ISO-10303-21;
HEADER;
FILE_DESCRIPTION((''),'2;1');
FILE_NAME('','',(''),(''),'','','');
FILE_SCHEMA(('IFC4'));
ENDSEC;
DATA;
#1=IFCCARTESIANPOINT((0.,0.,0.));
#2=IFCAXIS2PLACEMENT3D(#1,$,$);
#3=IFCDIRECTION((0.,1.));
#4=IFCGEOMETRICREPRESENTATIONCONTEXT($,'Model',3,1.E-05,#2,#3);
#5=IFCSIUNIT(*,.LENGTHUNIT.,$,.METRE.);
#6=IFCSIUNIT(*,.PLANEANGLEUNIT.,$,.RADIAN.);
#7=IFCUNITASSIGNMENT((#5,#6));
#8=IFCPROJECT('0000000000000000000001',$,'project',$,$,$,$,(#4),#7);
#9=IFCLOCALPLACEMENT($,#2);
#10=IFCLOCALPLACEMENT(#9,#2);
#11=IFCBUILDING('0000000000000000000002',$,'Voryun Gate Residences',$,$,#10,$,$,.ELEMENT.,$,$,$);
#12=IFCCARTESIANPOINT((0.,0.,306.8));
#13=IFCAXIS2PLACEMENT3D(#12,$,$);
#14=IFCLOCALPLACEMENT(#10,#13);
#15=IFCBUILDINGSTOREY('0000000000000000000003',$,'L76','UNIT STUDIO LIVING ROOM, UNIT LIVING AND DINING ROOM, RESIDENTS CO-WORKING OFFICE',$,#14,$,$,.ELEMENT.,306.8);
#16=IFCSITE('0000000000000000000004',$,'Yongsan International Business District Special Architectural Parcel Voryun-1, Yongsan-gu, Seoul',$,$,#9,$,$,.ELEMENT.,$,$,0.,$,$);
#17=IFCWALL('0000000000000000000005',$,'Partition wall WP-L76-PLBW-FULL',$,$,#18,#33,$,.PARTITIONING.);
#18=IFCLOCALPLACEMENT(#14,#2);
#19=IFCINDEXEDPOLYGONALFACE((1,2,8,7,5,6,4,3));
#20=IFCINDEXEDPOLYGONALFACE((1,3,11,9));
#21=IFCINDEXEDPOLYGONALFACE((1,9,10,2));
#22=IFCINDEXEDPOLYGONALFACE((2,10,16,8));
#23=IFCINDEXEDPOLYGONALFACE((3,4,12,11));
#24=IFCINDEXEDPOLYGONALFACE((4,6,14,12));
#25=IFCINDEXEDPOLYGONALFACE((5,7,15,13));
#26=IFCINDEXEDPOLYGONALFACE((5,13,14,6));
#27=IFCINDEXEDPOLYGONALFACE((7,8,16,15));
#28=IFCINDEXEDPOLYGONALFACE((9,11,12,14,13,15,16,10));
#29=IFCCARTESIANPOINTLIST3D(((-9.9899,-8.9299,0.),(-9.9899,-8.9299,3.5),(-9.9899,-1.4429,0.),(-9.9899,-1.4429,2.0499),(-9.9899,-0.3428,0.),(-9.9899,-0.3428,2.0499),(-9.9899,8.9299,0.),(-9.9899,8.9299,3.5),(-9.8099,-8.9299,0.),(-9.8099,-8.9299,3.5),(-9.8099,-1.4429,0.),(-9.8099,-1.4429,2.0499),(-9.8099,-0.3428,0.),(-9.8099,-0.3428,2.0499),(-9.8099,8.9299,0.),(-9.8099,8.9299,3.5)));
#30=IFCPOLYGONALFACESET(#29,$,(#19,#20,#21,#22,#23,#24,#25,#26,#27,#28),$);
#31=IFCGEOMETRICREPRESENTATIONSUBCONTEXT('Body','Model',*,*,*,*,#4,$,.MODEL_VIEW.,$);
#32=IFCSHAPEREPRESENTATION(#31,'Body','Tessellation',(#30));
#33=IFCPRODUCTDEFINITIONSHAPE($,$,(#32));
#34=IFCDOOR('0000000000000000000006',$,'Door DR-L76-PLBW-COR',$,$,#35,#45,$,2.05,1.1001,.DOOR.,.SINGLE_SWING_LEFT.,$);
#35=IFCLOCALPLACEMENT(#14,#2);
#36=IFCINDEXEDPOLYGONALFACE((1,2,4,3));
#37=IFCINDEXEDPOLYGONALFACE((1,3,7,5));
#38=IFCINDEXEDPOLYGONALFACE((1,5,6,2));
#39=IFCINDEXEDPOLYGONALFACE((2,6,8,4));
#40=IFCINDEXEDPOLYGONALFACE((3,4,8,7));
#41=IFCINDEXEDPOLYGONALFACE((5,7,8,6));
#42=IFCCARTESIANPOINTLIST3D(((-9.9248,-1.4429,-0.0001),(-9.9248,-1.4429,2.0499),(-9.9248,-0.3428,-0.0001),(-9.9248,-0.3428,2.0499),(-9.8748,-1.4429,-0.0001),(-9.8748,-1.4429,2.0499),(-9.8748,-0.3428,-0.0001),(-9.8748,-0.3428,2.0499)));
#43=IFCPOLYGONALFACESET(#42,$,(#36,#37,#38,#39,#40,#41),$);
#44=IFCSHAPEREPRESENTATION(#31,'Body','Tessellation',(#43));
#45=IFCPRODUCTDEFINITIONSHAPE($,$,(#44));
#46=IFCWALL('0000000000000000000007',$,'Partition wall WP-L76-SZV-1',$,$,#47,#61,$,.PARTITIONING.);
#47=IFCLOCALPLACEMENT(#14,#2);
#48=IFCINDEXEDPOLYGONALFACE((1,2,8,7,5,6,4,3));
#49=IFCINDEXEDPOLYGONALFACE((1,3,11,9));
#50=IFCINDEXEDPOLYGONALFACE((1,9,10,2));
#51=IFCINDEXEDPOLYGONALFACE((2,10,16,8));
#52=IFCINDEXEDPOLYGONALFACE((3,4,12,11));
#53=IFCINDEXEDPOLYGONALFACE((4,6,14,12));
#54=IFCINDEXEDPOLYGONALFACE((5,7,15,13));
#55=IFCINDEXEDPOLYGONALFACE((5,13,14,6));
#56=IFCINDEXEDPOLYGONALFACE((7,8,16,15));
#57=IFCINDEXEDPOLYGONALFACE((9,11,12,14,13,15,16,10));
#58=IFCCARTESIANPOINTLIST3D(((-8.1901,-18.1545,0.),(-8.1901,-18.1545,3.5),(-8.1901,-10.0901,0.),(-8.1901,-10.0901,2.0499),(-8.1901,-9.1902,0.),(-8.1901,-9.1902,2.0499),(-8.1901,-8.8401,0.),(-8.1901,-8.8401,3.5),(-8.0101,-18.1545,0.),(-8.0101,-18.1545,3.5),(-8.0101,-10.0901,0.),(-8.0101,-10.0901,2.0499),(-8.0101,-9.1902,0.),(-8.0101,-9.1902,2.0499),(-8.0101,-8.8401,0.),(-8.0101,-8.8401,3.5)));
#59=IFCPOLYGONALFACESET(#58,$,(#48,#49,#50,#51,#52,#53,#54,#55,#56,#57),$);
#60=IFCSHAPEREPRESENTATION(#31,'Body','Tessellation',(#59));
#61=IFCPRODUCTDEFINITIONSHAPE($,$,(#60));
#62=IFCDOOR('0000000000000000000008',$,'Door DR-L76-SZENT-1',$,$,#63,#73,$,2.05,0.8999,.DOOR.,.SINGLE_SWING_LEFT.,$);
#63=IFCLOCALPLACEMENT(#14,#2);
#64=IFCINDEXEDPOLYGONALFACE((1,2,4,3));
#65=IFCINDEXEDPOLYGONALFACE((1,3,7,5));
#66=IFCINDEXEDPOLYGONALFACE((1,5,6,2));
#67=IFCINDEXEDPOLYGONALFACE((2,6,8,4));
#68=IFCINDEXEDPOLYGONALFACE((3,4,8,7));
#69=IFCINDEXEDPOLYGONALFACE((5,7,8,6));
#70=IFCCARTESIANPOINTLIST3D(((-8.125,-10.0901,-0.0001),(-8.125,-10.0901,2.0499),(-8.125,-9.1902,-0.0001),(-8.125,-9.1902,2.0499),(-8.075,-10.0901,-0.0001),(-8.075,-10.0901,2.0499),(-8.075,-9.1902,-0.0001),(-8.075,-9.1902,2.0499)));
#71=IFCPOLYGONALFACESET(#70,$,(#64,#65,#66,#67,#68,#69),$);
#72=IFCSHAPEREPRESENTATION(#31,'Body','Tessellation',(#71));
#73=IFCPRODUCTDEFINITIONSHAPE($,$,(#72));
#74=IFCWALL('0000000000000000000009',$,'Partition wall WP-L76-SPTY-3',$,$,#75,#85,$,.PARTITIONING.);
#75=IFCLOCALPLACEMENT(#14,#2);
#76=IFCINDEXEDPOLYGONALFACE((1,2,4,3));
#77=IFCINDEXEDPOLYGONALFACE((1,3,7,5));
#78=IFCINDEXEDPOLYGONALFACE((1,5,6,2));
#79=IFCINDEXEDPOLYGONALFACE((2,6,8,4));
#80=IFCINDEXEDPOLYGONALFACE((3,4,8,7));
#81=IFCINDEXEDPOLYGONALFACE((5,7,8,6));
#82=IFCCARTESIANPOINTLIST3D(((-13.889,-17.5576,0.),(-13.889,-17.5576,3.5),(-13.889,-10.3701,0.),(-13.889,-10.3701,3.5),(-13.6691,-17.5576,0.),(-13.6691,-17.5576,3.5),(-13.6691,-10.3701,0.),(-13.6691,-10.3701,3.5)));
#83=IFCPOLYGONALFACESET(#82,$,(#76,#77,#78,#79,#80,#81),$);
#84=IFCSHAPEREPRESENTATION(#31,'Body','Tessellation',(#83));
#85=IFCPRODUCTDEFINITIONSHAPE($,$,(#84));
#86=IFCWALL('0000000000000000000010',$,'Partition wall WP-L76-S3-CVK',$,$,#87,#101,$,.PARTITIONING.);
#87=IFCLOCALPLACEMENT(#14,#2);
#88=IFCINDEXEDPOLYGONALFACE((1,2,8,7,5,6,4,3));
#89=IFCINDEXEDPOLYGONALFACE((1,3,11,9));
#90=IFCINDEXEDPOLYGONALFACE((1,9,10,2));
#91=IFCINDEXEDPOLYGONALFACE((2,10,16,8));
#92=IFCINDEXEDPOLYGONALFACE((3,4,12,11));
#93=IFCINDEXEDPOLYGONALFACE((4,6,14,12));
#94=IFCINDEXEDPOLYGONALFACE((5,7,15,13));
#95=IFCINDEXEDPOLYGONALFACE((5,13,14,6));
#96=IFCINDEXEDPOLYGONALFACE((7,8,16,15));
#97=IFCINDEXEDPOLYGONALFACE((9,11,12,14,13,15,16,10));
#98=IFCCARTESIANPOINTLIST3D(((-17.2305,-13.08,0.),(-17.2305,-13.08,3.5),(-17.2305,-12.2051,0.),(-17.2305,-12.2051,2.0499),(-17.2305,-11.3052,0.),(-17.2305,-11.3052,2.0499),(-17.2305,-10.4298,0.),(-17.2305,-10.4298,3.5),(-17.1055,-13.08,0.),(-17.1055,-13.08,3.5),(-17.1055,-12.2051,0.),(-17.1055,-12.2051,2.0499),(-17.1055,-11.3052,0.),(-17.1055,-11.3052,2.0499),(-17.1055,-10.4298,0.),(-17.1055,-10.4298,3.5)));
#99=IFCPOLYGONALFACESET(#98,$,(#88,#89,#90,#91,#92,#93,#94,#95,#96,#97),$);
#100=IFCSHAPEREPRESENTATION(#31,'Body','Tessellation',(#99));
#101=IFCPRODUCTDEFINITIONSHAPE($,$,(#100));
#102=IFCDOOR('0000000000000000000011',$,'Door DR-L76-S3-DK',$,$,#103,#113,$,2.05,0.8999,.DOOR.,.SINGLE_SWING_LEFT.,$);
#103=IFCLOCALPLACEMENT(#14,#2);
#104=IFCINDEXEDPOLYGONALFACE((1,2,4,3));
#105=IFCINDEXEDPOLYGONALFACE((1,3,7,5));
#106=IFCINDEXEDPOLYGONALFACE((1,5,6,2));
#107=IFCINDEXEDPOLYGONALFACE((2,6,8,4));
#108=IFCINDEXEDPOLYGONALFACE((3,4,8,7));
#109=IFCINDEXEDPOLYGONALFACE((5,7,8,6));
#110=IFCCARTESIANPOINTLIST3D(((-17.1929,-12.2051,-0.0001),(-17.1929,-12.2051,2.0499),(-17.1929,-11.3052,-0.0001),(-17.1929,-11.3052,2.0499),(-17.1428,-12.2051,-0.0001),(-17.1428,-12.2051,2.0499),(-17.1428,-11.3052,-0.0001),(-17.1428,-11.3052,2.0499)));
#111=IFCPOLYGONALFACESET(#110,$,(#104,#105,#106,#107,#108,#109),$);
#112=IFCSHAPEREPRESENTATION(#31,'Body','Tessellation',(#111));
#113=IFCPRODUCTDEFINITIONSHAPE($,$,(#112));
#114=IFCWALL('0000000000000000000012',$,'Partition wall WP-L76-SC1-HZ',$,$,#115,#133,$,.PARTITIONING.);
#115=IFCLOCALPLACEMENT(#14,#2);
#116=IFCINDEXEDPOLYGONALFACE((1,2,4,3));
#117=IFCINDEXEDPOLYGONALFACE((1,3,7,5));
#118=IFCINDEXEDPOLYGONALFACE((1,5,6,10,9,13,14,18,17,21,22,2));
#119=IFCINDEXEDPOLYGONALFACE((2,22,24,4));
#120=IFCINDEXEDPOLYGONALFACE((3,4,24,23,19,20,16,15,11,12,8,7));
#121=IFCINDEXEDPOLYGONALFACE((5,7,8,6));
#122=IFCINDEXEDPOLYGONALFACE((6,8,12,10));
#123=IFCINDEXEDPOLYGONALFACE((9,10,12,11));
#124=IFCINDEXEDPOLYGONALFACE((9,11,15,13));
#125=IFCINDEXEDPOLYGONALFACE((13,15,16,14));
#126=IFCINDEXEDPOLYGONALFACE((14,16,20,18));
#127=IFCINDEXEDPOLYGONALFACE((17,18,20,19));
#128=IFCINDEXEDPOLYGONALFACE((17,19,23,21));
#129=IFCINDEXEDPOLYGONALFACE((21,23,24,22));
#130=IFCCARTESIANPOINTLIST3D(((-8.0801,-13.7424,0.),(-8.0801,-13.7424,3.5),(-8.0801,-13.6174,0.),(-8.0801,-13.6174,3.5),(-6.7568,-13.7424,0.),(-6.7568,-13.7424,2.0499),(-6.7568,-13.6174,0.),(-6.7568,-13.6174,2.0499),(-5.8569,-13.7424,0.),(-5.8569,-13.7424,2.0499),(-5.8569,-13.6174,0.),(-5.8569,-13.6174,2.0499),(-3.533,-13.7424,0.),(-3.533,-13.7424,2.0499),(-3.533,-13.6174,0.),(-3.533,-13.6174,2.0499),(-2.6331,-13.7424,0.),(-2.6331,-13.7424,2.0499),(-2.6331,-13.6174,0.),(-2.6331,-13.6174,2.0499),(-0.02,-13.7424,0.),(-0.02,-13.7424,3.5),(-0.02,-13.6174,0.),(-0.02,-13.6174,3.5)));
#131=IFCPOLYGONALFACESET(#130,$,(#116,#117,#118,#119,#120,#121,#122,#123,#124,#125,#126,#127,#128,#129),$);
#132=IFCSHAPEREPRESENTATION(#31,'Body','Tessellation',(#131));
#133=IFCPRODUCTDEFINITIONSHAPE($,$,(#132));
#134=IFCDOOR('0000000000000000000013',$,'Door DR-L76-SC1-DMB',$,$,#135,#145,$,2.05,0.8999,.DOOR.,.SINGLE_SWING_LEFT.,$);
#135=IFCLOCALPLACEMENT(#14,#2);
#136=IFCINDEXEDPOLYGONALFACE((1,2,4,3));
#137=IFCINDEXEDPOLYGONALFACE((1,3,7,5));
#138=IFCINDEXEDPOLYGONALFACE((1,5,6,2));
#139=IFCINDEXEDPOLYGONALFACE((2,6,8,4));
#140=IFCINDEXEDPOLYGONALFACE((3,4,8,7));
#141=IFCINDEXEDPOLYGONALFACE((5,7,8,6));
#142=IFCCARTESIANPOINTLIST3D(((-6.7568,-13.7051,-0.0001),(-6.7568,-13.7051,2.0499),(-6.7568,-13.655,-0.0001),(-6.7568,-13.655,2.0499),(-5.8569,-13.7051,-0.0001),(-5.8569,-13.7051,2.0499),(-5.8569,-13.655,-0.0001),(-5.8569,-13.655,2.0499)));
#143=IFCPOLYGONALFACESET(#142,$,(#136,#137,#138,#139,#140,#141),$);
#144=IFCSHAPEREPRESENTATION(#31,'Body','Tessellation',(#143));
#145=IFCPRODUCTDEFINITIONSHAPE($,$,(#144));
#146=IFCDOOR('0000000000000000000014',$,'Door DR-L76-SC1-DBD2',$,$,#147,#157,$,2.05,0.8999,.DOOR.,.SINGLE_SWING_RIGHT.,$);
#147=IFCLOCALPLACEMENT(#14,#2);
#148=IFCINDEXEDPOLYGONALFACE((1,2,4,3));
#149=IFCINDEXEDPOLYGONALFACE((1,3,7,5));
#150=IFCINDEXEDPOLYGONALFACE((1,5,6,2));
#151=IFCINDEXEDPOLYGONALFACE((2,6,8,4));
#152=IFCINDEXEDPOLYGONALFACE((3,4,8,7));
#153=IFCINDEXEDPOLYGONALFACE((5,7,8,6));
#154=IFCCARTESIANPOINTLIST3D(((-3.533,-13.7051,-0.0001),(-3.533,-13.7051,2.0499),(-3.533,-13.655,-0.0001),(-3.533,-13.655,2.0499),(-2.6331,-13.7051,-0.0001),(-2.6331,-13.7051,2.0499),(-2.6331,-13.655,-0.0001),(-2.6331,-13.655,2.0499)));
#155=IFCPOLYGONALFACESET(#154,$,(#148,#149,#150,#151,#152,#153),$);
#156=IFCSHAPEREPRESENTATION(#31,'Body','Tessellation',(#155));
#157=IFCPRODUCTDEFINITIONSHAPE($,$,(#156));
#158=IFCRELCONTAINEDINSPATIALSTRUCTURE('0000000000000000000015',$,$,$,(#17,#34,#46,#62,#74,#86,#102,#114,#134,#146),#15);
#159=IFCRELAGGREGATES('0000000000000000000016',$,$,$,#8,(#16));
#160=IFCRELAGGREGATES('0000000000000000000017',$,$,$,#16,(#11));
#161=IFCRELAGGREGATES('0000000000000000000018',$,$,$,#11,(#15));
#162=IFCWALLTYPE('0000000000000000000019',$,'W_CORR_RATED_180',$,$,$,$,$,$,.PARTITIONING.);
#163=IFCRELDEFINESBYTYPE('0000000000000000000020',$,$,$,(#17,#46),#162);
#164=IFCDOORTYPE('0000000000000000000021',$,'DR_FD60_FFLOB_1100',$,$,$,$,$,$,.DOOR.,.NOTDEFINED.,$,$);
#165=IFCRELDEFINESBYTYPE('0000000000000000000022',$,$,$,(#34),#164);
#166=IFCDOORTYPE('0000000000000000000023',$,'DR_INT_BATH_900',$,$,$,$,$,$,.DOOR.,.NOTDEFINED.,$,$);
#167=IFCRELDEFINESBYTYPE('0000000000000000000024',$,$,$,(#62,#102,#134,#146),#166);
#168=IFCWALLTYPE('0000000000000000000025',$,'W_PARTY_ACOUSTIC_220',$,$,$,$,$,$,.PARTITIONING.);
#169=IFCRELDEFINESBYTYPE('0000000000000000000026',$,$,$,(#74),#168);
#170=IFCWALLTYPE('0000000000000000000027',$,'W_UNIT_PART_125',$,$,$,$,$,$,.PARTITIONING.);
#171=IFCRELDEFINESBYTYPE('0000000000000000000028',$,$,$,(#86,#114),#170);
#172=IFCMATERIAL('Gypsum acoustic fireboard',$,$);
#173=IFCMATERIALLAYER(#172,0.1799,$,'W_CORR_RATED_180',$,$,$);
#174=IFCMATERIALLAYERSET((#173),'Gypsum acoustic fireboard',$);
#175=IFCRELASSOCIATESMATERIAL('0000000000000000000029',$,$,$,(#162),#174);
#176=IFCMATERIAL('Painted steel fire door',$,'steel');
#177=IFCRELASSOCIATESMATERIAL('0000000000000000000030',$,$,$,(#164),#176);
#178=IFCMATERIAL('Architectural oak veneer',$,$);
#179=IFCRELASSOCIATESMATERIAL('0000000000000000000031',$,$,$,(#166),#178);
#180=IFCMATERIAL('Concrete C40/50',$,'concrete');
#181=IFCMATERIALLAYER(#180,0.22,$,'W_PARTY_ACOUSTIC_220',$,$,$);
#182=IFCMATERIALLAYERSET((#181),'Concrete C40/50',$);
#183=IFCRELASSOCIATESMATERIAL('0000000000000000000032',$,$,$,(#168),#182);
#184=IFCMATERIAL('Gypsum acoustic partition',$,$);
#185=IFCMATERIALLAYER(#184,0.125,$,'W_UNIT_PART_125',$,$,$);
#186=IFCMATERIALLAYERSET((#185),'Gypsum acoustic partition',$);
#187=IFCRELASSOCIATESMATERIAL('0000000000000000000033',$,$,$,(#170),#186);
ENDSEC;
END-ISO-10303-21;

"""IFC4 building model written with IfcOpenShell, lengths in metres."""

from ifc_helpers import new_model, si_unit, direction, frame, frame_2d, origin, place, context, subcontext, project, spatial, rectangle, extrude, material, layer, layer_set, type_object, element, fill, save


model = new_model("IFC4")

# Units and contexts
model_context = context("Model", 3, precision=1e-05, world=origin(), true_north=direction((0.0, 1.0)))
body_context = subcontext(model_context, "Body", "Model", "MODEL_VIEW")
ifc_project = project(units=[si_unit("LENGTHUNIT", "METRE"), si_unit("PLANEANGLEUNIT", "RADIAN")], contexts=[model_context])

# Site, building, storey
site_placement = place(None, origin())
site = spatial("IfcSite", under=ifc_project, at=site_placement, Name="Yongsan International Business District Special Architectural Parcel Voryun-1, Yongsan-gu, Seoul", CompositionType="ELEMENT", RefElevation=0.0)
building_placement = place(site_placement, origin())
building = spatial("IfcBuilding", under=site, at=building_placement, Name="Voryun Gate Residences", CompositionType="ELEMENT")
storey_placement = place(building_placement, frame((0.0, 0.0, 306.8)))
storey = spatial("IfcBuildingStorey", under=building, at=storey_placement, Name="L76", Description="UNIT STUDIO LIVING ROOM, UNIT LIVING AND DINING ROOM, RESIDENTS CO-WORKING OFFICE", CompositionType="ELEMENT", Elevation=306.8)

# Walls, openings, doors
ifc_material_1 = material(Name="Gypsum acoustic fireboard")
ifc_layer_1 = layer(ifc_material_1, 0.1799, Name="W_CORR_RATED_180")
ifc_layer_set_1 = layer_set([ifc_layer_1], Name="Gypsum acoustic fireboard")
wall_type_1 = type_object("IfcWallType", Name="W_CORR_RATED_180", PredefinedType="PARTITIONING", material=ifc_layer_set_1)
wall_1_placement = place(storey_placement, frame((-9.8999, -8.9299, 0.0), z_axis=(0.0, 0.0, 1.0), x_axis=(0.0, 1.0, 0.0)))
wall_1 = element("IfcWall", 1, at=wall_1_placement, inside=storey, type_object=wall_type_1, Name="Partition wall WP-L76-PLBW-FULL", PredefinedType="PARTITIONING", context=body_context, shape_type="SweptSolid", body=[
    extrude(rectangle(XDim=17.8599, YDim=0.1799, at=frame_2d((8.9299, 0.0))), origin(), (0.0, 0.0, 1.0), 3.5),
])
opening_1_placement = place(wall_1_placement, frame((7.4871, 0.0, 0.0)))
opening_1 = element("IfcOpeningElement", 2, at=opening_1_placement, cuts=wall_1, PredefinedType="OPENING", context=body_context, shape_type="SweptSolid", body=[
    extrude(rectangle(XDim=1.1001, YDim=2.05, at=frame_2d((0.55, 1.0249))), frame((0.0, 0.0999, 0.0), z_axis=(0.0, -1.0, 0.0), x_axis=(1.0, 0.0, 0.0)), (0.0, 0.0, 1.0), 0.2),
])
ifc_material_2 = material(Name="Painted steel fire door", Category="steel")
door_type_1 = type_object("IfcDoorType", Name="DR_FD60_FFLOB_1100", OperationType="NOTDEFINED", PredefinedType="DOOR", material=ifc_material_2)
door_1_placement = place(opening_1_placement, origin())
door_1 = element("IfcDoor", 3, at=door_1_placement, inside=storey, type_object=door_type_1, Name="Door DR-L76-PLBW-COR", OperationType="SINGLE_SWING_LEFT", OverallHeight=2.05, OverallWidth=1.1001, PredefinedType="DOOR", context=body_context, shape_type="SweptSolid", body=[
    extrude(rectangle(XDim=1.1001, YDim=2.05, at=frame_2d((0.55, 1.0249))), frame((0.0, 0.0249, 0.0), z_axis=(0.0, -1.0, 0.0), x_axis=(1.0, 0.0, 0.0)), (0.0, 0.0, 1.0), 0.05),
])
fill(opening_1, door_1)
wall_2_placement = place(storey_placement, frame((-8.1001, -18.1545, 0.0), z_axis=(0.0, 0.0, 1.0), x_axis=(0.0, 1.0, 0.0)))
wall_2 = element("IfcWall", 4, at=wall_2_placement, inside=storey, type_object=wall_type_1, Name="Partition wall WP-L76-SZV-1", PredefinedType="PARTITIONING", context=body_context, shape_type="SweptSolid", body=[
    extrude(rectangle(XDim=9.3145, YDim=0.1799, at=frame_2d((4.6572, 0.0))), origin(), (0.0, 0.0, 1.0), 3.5),
])
opening_2_placement = place(wall_2_placement, frame((8.0645, 0.0, 0.0)))
opening_2 = element("IfcOpeningElement", 5, at=opening_2_placement, cuts=wall_2, PredefinedType="OPENING", context=body_context, shape_type="SweptSolid", body=[
    extrude(rectangle(XDim=0.8999, YDim=2.05, at=frame_2d((0.45, 1.0249))), frame((0.0, 0.0999, 0.0), z_axis=(0.0, -1.0, 0.0), x_axis=(1.0, 0.0, 0.0)), (0.0, 0.0, 1.0), 0.2),
])
ifc_material_3 = material(Name="Architectural oak veneer")
door_type_2 = type_object("IfcDoorType", Name="DR_INT_BATH_900", OperationType="NOTDEFINED", PredefinedType="DOOR", material=ifc_material_3)
door_2_placement = place(opening_2_placement, origin())
door_2 = element("IfcDoor", 6, at=door_2_placement, inside=storey, type_object=door_type_2, Name="Door DR-L76-SZENT-1", OperationType="SINGLE_SWING_LEFT", OverallHeight=2.05, OverallWidth=0.8999, PredefinedType="DOOR", context=body_context, shape_type="SweptSolid", body=[
    extrude(rectangle(XDim=0.8999, YDim=2.05, at=frame_2d((0.45, 1.0249))), frame((0.0, 0.0249, 0.0), z_axis=(0.0, -1.0, 0.0), x_axis=(1.0, 0.0, 0.0)), (0.0, 0.0, 1.0), 0.05),
])
fill(opening_2, door_2)

# Wall
ifc_material_4 = material(Name="Concrete C40/50", Category="concrete")
ifc_layer_2 = layer(ifc_material_4, 0.22, Name="W_PARTY_ACOUSTIC_220")
ifc_layer_set_2 = layer_set([ifc_layer_2], Name="Concrete C40/50")
wall_type_2 = type_object("IfcWallType", Name="W_PARTY_ACOUSTIC_220", PredefinedType="PARTITIONING", material=ifc_layer_set_2)
wall_3_placement = place(storey_placement, frame((-13.7791, -17.5576, 0.0), z_axis=(0.0, 0.0, 1.0), x_axis=(0.0, 1.0, 0.0)))
element("IfcWall", 7, at=wall_3_placement, inside=storey, type_object=wall_type_2, Name="Partition wall WP-L76-SPTY-3", PredefinedType="PARTITIONING", context=body_context, shape_type="SweptSolid", body=[
    extrude(rectangle(XDim=7.1875, YDim=0.22, at=frame_2d((3.5938, 0.0))), origin(), (0.0, 0.0, 1.0), 3.5),
])

# Wall, opening, door
ifc_material_5 = material(Name="Gypsum acoustic partition")
ifc_layer_3 = layer(ifc_material_5, 0.125, Name="W_UNIT_PART_125")
ifc_layer_set_3 = layer_set([ifc_layer_3], Name="Gypsum acoustic partition")
wall_type_3 = type_object("IfcWallType", Name="W_UNIT_PART_125", PredefinedType="PARTITIONING", material=ifc_layer_set_3)
wall_4_placement = place(storey_placement, frame((-17.168, -13.0801, 0.0), z_axis=(0.0, 0.0, 1.0), x_axis=(0.0, 1.0, 0.0)))
wall_4 = element("IfcWall", 8, at=wall_4_placement, inside=storey, type_object=wall_type_3, Name="Partition wall WP-L76-S3-CVK", PredefinedType="PARTITIONING", context=body_context, shape_type="SweptSolid", body=[
    extrude(rectangle(XDim=2.6501, YDim=0.125, at=frame_2d((1.3252, 0.0))), origin(), (0.0, 0.0, 1.0), 3.5),
])
opening_3_placement = place(wall_4_placement, frame((0.875, 0.0, 0.0)))
opening_3 = element("IfcOpeningElement", 9, at=opening_3_placement, cuts=wall_4, PredefinedType="OPENING", context=body_context, shape_type="SweptSolid", body=[
    extrude(rectangle(XDim=0.8999, YDim=2.05, at=frame_2d((0.45, 1.0249))), frame((0.0, 0.0725, 0.0), z_axis=(0.0, -1.0, 0.0), x_axis=(1.0, 0.0, 0.0)), (0.0, 0.0, 1.0), 0.145),
])
door_3_placement = place(opening_3_placement, origin())
door_3 = element("IfcDoor", 10, at=door_3_placement, inside=storey, type_object=door_type_2, Name="Door DR-L76-S3-DK", OperationType="SINGLE_SWING_LEFT", OverallHeight=2.05, OverallWidth=0.8999, PredefinedType="DOOR", context=body_context, shape_type="SweptSolid", body=[
    extrude(rectangle(XDim=0.8999, YDim=2.05, at=frame_2d((0.45, 1.0249))), frame((0.0, 0.0249, 0.0), z_axis=(0.0, -1.0, 0.0), x_axis=(1.0, 0.0, 0.0)), (0.0, 0.0, 1.0), 0.05),
])
fill(opening_3, door_3)

# Wall, openings, doors
wall_5_placement = place(storey_placement, frame((-8.0801, -13.6799, 0.0), z_axis=(0.0, 0.0, 1.0), x_axis=(1.0, 0.0, 0.0)))
wall_5 = element("IfcWall", 11, at=wall_5_placement, inside=storey, type_object=wall_type_3, Name="Partition wall WP-L76-SC1-HZ", PredefinedType="PARTITIONING", context=body_context, shape_type="SweptSolid", body=[
    extrude(rectangle(XDim=8.0601, YDim=0.125, at=frame_2d((4.03, 0.0))), origin(), (0.0, 0.0, 1.0), 3.5),
])
opening_4_placement = place(wall_5_placement, frame((1.3232, 0.0, 0.0)))
opening_4 = element("IfcOpeningElement", 12, at=opening_4_placement, cuts=wall_5, PredefinedType="OPENING", context=body_context, shape_type="SweptSolid", body=[
    extrude(rectangle(XDim=0.8999, YDim=2.05, at=frame_2d((0.45, 1.0249))), frame((0.0, 0.0725, 0.0), z_axis=(0.0, -1.0, 0.0), x_axis=(1.0, 0.0, 0.0)), (0.0, 0.0, 1.0), 0.145),
])
opening_5_placement = place(wall_5_placement, frame((4.5471, 0.0, 0.0)))
opening_5 = element("IfcOpeningElement", 13, at=opening_5_placement, cuts=wall_5, PredefinedType="OPENING", context=body_context, shape_type="SweptSolid", body=[
    extrude(rectangle(XDim=0.8999, YDim=2.05, at=frame_2d((0.45, 1.0249))), frame((0.0, 0.0725, 0.0), z_axis=(0.0, -1.0, 0.0), x_axis=(1.0, 0.0, 0.0)), (0.0, 0.0, 1.0), 0.145),
])
door_4_placement = place(opening_4_placement, origin())
door_4 = element("IfcDoor", 14, at=door_4_placement, inside=storey, type_object=door_type_2, Name="Door DR-L76-SC1-DMB", OperationType="SINGLE_SWING_LEFT", OverallHeight=2.05, OverallWidth=0.8999, PredefinedType="DOOR", context=body_context, shape_type="SweptSolid", body=[
    extrude(rectangle(XDim=0.8999, YDim=2.05, at=frame_2d((0.45, 1.0249))), frame((0.0, 0.0249, 0.0), z_axis=(0.0, -1.0, 0.0), x_axis=(1.0, 0.0, 0.0)), (0.0, 0.0, 1.0), 0.05),
])
fill(opening_4, door_4)
door_5_placement = place(opening_5_placement, origin())
door_5 = element("IfcDoor", 15, at=door_5_placement, inside=storey, type_object=door_type_2, Name="Door DR-L76-SC1-DBD2", OperationType="SINGLE_SWING_RIGHT", OverallHeight=2.05, OverallWidth=0.8999, PredefinedType="DOOR", context=body_context, shape_type="SweptSolid", body=[
    extrude(rectangle(XDim=0.8999, YDim=2.05, at=frame_2d((0.45, 1.0249))), frame((0.0, 0.0249, 0.0), z_axis=(0.0, -1.0, 0.0), x_axis=(1.0, 0.0, 0.0)), (0.0, 0.0, 1.0), 0.05),
])
fill(opening_5, door_5)

save(model, "model.ifc")
